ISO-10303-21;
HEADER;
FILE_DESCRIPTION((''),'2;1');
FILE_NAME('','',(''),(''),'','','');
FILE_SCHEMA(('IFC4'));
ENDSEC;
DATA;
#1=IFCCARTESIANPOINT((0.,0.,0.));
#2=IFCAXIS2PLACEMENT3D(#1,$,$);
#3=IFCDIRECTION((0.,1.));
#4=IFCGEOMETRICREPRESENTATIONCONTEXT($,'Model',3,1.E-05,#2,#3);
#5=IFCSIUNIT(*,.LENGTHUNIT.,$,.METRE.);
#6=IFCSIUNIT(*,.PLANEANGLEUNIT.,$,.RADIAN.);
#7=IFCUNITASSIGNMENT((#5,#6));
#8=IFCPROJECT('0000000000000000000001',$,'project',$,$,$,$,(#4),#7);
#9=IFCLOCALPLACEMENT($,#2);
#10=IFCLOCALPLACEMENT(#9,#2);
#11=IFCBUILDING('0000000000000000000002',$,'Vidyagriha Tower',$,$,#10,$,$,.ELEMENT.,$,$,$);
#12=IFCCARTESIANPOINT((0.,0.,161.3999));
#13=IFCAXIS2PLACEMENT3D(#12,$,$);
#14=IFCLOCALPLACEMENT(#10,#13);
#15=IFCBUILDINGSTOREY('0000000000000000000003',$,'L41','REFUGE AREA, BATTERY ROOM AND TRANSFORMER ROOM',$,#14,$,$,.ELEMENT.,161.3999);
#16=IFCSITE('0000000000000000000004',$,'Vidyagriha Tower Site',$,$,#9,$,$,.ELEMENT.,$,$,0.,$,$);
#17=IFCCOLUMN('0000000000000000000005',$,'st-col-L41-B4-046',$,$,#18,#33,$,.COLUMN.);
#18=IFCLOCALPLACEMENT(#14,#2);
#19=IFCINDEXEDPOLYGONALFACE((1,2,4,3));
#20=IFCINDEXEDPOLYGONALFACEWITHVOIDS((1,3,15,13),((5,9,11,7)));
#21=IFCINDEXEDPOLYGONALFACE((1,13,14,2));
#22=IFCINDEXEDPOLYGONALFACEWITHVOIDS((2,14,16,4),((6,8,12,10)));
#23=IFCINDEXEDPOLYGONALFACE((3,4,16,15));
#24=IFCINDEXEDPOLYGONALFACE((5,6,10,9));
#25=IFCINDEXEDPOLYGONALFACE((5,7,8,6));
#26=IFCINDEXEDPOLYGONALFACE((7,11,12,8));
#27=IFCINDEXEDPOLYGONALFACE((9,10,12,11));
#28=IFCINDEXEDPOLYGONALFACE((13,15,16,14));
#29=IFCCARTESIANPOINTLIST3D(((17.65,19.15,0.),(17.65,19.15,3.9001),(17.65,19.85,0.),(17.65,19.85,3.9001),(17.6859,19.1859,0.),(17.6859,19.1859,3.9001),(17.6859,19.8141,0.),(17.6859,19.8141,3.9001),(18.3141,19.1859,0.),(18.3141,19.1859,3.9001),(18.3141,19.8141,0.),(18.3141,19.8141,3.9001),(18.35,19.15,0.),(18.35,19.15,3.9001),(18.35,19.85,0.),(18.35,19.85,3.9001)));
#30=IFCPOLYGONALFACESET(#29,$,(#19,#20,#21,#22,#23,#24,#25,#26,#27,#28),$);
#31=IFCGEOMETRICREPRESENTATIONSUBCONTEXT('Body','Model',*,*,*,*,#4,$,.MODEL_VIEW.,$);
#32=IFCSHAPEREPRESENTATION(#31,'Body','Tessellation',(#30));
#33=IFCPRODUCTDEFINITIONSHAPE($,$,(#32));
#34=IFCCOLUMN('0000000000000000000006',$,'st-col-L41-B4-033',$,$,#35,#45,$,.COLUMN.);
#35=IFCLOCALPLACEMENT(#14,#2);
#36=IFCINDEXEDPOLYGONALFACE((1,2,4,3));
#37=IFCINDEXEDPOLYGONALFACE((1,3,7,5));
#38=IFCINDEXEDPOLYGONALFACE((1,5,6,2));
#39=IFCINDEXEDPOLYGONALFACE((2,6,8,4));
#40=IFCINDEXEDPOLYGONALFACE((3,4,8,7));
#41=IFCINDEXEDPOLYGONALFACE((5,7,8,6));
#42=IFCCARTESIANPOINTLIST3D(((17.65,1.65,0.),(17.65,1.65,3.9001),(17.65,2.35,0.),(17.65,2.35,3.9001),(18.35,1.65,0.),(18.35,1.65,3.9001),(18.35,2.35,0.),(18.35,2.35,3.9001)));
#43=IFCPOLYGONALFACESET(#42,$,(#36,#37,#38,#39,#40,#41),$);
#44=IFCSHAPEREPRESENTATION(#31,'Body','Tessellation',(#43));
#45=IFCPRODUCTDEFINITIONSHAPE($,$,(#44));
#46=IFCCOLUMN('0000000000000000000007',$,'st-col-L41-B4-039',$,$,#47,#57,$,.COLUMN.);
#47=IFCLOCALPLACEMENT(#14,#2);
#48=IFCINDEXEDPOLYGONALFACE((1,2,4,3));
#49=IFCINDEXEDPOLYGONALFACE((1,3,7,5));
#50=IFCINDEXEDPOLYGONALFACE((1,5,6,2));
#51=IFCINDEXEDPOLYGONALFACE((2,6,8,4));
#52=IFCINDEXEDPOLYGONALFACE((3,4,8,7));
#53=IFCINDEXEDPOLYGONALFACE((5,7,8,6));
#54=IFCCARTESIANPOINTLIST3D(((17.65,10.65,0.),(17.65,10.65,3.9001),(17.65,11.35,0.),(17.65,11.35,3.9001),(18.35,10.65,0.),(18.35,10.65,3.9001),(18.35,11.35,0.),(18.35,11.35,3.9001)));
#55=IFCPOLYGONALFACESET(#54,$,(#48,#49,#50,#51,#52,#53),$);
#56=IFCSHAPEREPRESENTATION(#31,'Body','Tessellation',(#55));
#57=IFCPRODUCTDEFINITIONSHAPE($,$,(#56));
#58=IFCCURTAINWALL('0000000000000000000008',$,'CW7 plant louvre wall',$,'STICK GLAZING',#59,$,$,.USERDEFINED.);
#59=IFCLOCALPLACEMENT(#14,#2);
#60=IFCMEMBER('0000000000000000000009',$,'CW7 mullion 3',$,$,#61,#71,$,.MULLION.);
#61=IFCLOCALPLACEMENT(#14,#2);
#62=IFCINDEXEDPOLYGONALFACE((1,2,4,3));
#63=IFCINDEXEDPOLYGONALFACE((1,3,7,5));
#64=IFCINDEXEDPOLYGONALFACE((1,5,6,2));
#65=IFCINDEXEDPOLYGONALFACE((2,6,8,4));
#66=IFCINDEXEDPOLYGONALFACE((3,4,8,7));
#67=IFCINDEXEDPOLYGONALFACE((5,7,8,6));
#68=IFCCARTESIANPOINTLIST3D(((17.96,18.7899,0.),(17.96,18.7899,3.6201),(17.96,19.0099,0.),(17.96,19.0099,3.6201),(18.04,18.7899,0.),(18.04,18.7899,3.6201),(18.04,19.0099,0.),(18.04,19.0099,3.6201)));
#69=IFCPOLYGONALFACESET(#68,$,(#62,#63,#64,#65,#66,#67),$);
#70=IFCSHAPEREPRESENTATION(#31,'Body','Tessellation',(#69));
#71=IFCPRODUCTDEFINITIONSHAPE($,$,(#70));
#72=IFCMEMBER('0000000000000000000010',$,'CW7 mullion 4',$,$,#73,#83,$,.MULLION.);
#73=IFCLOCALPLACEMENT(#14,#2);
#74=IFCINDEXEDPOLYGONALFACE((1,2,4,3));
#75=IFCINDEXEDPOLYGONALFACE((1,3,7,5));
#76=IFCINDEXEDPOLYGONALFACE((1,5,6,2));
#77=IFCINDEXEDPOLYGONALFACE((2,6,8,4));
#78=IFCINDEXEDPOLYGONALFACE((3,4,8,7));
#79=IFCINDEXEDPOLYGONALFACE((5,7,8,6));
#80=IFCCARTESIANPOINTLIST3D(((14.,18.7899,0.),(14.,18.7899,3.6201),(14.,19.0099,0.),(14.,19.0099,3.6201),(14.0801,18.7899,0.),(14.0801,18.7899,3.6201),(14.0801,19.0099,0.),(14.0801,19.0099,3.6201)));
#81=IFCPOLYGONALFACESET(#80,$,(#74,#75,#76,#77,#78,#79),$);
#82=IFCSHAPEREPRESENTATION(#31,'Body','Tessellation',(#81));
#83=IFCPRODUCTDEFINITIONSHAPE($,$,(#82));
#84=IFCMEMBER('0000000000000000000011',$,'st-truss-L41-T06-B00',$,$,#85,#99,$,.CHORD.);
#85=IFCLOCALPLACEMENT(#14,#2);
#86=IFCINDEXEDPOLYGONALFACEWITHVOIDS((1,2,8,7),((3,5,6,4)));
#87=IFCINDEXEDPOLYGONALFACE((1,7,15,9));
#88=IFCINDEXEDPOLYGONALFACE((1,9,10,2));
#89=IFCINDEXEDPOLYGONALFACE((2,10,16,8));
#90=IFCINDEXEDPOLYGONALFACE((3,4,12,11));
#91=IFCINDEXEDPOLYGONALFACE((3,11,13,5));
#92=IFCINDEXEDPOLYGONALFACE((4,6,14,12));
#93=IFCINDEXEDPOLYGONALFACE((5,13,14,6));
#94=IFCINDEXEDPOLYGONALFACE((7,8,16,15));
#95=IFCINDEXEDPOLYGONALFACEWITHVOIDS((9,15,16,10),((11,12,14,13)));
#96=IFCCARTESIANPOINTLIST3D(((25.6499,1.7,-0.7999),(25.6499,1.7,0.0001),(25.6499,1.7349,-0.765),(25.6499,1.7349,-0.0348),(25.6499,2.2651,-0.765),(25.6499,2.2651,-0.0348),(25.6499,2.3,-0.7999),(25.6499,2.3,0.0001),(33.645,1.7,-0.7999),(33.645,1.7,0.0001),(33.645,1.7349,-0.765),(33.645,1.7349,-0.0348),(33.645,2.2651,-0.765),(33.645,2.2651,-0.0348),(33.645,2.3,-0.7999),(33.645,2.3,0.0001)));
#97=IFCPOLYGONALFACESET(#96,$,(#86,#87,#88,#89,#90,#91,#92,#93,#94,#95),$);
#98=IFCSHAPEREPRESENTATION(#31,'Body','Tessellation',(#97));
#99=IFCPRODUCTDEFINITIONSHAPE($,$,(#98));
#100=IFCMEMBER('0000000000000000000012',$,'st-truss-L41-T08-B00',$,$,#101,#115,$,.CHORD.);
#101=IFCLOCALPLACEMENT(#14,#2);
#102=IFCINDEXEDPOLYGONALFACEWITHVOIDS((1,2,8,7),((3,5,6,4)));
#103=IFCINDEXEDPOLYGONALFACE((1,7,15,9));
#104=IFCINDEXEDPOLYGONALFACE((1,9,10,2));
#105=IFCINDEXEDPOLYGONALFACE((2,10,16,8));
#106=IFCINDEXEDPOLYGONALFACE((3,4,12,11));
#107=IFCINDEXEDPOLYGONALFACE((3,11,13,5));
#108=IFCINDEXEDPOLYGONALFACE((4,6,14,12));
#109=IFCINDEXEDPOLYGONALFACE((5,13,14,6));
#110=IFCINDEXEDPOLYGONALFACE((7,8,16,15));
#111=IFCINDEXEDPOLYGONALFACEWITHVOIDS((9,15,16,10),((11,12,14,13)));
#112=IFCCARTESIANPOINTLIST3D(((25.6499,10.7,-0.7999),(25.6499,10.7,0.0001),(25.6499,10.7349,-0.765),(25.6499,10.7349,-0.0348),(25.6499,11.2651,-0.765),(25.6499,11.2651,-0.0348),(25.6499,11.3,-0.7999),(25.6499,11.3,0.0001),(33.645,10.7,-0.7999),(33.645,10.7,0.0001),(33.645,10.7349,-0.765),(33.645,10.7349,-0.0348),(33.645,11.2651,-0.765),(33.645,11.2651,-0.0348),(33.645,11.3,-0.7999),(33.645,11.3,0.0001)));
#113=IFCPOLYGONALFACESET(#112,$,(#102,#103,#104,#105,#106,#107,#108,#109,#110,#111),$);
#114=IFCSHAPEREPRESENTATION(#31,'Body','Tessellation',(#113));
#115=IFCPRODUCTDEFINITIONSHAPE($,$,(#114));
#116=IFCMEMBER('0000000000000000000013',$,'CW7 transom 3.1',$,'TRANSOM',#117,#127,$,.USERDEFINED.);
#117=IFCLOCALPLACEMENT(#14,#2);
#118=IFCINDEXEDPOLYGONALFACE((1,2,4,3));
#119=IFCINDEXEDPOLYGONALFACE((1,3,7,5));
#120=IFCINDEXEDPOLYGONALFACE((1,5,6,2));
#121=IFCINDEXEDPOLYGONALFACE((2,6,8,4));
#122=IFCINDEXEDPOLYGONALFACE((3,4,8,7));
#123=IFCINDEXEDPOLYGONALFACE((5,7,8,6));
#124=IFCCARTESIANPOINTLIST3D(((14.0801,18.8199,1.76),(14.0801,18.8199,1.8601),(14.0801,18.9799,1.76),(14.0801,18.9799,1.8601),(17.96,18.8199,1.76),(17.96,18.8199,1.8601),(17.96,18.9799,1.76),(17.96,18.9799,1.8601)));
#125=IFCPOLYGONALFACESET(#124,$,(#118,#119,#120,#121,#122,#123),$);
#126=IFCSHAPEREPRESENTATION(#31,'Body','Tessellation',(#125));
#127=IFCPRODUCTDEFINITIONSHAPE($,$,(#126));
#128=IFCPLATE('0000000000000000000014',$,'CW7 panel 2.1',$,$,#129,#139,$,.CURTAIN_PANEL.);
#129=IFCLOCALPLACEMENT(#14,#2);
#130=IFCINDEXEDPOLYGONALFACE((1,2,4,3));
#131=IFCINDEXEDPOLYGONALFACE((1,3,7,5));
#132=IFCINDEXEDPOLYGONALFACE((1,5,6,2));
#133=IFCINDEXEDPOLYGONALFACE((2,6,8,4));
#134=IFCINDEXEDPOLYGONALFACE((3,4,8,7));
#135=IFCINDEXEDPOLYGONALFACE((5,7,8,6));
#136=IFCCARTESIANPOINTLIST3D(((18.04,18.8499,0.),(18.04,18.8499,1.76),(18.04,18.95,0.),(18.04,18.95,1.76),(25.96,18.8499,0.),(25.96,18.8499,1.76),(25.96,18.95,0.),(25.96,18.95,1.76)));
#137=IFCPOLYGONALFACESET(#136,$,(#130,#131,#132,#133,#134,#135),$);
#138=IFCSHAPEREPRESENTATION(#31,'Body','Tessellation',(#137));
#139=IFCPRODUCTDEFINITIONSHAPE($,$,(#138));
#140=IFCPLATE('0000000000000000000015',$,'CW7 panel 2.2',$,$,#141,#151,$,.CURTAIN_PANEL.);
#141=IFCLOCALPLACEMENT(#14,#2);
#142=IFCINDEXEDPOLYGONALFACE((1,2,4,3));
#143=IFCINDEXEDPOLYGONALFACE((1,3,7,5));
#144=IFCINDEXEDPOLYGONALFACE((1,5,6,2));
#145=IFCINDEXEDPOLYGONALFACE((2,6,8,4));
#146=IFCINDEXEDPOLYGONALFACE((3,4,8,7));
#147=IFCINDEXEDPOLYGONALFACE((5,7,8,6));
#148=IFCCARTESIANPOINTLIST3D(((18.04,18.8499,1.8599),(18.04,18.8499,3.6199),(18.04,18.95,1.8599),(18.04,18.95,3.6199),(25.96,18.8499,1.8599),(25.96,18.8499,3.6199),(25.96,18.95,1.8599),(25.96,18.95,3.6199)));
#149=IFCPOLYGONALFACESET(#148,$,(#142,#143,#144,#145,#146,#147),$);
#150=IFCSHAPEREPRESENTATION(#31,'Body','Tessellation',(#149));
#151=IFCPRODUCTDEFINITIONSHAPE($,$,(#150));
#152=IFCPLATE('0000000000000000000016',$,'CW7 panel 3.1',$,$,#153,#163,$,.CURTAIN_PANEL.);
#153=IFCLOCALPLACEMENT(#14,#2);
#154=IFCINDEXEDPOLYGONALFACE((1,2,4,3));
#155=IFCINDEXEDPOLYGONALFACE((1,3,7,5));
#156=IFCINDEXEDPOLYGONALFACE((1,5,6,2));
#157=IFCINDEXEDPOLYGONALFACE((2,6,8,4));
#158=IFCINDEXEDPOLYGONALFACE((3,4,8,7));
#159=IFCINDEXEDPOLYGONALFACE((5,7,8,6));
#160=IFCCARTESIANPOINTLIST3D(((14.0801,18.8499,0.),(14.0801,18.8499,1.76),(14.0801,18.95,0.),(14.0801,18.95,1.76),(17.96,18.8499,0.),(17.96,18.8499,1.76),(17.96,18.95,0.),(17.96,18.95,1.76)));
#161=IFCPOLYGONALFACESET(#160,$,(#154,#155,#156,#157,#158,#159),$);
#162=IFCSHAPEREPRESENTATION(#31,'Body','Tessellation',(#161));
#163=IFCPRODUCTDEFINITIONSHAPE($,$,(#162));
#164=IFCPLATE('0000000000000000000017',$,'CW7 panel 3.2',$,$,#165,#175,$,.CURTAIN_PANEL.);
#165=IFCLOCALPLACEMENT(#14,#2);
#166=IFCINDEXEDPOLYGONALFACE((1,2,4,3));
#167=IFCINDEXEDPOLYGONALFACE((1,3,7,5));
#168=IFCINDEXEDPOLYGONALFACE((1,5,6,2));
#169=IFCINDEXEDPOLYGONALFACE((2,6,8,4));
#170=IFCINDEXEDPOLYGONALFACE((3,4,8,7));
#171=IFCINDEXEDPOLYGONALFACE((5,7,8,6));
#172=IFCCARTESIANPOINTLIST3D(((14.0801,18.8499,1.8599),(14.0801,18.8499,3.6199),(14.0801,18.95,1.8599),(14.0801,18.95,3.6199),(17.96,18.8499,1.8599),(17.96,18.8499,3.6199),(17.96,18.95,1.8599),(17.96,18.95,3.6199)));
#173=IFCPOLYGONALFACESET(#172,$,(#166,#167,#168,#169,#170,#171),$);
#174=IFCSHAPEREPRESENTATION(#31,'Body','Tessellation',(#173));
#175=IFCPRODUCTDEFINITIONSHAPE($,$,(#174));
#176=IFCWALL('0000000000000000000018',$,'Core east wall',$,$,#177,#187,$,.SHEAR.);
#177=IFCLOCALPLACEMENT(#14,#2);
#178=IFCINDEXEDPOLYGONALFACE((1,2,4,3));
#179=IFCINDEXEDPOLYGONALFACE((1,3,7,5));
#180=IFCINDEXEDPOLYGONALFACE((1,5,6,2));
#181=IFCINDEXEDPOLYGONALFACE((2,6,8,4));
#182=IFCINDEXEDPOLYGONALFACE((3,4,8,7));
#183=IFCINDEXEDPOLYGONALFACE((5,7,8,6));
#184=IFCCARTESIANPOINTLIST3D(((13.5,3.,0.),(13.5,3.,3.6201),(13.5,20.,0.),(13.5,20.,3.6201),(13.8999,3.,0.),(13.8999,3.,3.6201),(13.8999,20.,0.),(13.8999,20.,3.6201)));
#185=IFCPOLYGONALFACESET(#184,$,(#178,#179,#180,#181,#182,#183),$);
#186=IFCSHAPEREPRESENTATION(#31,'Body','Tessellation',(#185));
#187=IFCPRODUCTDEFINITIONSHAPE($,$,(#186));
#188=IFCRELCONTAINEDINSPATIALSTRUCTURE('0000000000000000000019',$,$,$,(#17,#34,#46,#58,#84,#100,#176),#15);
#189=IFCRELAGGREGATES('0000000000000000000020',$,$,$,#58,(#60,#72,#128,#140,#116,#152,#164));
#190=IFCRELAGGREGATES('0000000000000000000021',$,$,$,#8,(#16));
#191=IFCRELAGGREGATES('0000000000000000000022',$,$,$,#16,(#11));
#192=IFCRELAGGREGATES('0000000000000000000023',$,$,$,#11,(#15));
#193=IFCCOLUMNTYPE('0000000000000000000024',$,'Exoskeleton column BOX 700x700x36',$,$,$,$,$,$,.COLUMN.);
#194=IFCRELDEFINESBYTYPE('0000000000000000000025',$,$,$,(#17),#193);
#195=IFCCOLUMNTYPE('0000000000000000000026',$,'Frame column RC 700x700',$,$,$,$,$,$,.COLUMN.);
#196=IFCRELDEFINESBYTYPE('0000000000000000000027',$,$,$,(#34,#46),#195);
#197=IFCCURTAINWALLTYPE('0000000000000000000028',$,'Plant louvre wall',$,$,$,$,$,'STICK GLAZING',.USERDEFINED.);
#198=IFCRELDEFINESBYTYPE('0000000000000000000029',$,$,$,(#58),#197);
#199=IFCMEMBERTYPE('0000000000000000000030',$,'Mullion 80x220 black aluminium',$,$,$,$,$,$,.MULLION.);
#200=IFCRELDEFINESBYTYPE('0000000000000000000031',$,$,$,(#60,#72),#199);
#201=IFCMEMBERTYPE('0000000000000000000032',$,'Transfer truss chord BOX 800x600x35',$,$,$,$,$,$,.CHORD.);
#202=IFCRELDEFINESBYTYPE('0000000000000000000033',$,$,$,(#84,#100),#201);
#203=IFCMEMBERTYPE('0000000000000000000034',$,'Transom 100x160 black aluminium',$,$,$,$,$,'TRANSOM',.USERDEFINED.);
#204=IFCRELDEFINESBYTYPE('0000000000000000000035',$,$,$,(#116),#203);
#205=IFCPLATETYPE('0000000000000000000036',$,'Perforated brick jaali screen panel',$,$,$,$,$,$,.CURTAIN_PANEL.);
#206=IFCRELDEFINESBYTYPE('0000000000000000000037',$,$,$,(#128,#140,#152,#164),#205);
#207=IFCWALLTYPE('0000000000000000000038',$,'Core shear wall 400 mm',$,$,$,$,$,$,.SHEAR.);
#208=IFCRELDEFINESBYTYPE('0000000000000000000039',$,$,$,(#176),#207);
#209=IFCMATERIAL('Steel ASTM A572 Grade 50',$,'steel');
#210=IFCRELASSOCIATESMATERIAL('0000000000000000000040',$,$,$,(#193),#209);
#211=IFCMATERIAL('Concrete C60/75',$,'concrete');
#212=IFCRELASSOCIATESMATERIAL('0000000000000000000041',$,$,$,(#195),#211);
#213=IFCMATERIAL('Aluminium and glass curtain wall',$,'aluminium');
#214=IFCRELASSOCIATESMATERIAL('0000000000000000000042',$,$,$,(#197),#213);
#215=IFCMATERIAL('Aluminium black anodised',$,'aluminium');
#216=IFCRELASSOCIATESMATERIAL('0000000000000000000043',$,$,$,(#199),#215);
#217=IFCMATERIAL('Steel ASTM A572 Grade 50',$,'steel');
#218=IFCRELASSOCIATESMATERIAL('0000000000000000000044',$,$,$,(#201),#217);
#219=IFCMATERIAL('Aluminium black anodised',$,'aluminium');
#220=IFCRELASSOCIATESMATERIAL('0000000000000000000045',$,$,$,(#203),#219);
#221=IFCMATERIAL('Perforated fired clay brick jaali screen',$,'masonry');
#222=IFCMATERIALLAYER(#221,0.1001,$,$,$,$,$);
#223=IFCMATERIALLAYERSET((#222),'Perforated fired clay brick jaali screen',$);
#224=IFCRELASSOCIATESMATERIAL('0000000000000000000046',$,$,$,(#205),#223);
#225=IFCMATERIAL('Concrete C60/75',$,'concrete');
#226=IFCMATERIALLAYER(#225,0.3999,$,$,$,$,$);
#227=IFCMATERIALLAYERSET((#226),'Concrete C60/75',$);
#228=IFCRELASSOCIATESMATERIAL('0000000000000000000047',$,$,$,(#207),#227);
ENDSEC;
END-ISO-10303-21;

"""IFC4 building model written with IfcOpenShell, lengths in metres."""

from ifc_helpers import new_model, si_unit, direction, frame, frame_2d, origin, origin_2d, place, context, subcontext, project, spatial, rectangle, hollow_rectangle, extrude, material, layer, layer_set, material_profile, profile_set, type_object, element, aggregate, save


model = new_model("IFC4")

# Units and contexts
model_context = context("Model", 3, precision=1e-05, world=origin(), true_north=direction((0.0, 1.0)))
body_context = subcontext(model_context, "Body", "Model", "MODEL_VIEW")
ifc_project = project(units=[si_unit("LENGTHUNIT", "METRE"), si_unit("PLANEANGLEUNIT", "RADIAN")], contexts=[model_context])

# Site, building, storey
site_placement = place(None, origin())
site = spatial("IfcSite", under=ifc_project, at=site_placement, Name="Vidyagriha Tower Site", CompositionType="ELEMENT", RefElevation=0.0)
building_placement = place(site_placement, origin())
building = spatial("IfcBuilding", under=site, at=building_placement, Name="Vidyagriha Tower", CompositionType="ELEMENT")
storey_placement = place(building_placement, frame((0.0, 0.0, 161.3999)))
storey = spatial("IfcBuildingStorey", under=building, at=storey_placement, Name="L41", Description="REFUGE AREA, BATTERY ROOM AND TRANSFORMER ROOM", CompositionType="ELEMENT", Elevation=161.3999)

# Columns
ifc_material_1 = material(Name="Steel ASTM A572 Grade 50", Category="steel")
ifc_material_profile_1 = material_profile(ifc_material_1, hollow_rectangle(XDim=0.7, YDim=0.7, WallThickness=0.0359, at=origin_2d()), Name="BOX 700x700x36")
ifc_profile_set_1 = profile_set([ifc_material_profile_1], Name="Steel ASTM A572 Grade 50")
column_type_1 = type_object("IfcColumnType", Name="Exoskeleton column BOX 700x700x36", PredefinedType="COLUMN", material=ifc_profile_set_1)
column_placement = place(storey_placement, frame((18.0, 19.5, 0.0)))
element("IfcColumn", 1, at=column_placement, inside=storey, type_object=column_type_1, Name="st-col-L41-B4-046", PredefinedType="COLUMN", context=body_context, shape_type="SweptSolid", body=[
    extrude(hollow_rectangle(XDim=0.7, YDim=0.7, WallThickness=0.0359, at=origin_2d()), origin(), (0.0, 0.0, 1.0), 3.9001),
])
ifc_material_2 = material(Name="Concrete C60/75", Category="concrete")
ifc_material_profile_2 = material_profile(ifc_material_2, rectangle(XDim=0.7, YDim=0.7, at=origin_2d()), Name="RC 700x700")
ifc_profile_set_2 = profile_set([ifc_material_profile_2], Name="Concrete C60/75")
column_type_2 = type_object("IfcColumnType", Name="Frame column RC 700x700", PredefinedType="COLUMN", material=ifc_profile_set_2)
for number, where, name in (
    (2, (18.0, 2.0, 0.0), "st-col-L41-B4-033"),
    (3, (18.0, 11.0, 0.0), "st-col-L41-B4-039"),
):
    element("IfcColumn", number, at=place(storey_placement, frame(where)), inside=storey, type_object=column_type_2, Name=name, PredefinedType="COLUMN", context=body_context, shape_type="SweptSolid", body=[
        extrude(rectangle(XDim=0.7, YDim=0.7, at=origin_2d()), origin(), (0.0, 0.0, 1.0), 3.9001),
    ])

# Curtain wall, members
ifc_material_3 = material(Name="Aluminium and glass curtain wall", Category="aluminium")
curtain_wall_type = type_object("IfcCurtainWallType", Name="Plant louvre wall", ElementType="STICK GLAZING", PredefinedType="USERDEFINED", material=ifc_material_3)
curtain_wall_placement = place(storey_placement, origin())
curtain_wall = element("IfcCurtainWall", 4, at=curtain_wall_placement, inside=storey, type_object=curtain_wall_type, Name="CW7 plant louvre wall", ObjectType="STICK GLAZING", PredefinedType="USERDEFINED")
ifc_material_4 = material(Name="Aluminium black anodised", Category="aluminium")
ifc_material_profile_3 = material_profile(ifc_material_4, rectangle(XDim=0.22, YDim=0.0801, at=origin_2d()), Name="Mullion 80x220 black aluminium")
ifc_profile_set_3 = profile_set([ifc_material_profile_3], Name="Aluminium black anodised")
member_type_1 = type_object("IfcMemberType", Name="Mullion 80x220 black aluminium", PredefinedType="MULLION", material=ifc_profile_set_3)
member_1_placement = place(storey_placement, frame((18.0, 18.8999, 0.0), z_axis=(0.0, 0.0, 1.0), x_axis=(0.0, -1.0, 0.0)))
member_1 = element("IfcMember", 5, at=member_1_placement, type_object=member_type_1, Name="CW7 mullion 3", PredefinedType="MULLION", context=body_context, shape_type="SweptSolid", body=[
    extrude(rectangle(XDim=0.22, YDim=0.0801, at=origin_2d()), origin(), (0.0, 0.0, 1.0), 3.6201),
])
member_2_placement = place(storey_placement, frame((14.04, 18.8999, 0.0), z_axis=(0.0, 0.0, 1.0), x_axis=(0.0, -1.0, 0.0)))
member_2 = element("IfcMember", 6, at=member_2_placement, type_object=member_type_1, Name="CW7 mullion 4", PredefinedType="MULLION", context=body_context, shape_type="SweptSolid", body=[
    extrude(rectangle(XDim=0.22, YDim=0.0801, at=origin_2d()), origin(), (0.0, 0.0, 1.0), 3.6201),
])

# Members
ifc_material_5 = material(Name="Steel ASTM A572 Grade 50", Category="steel")
ifc_material_profile_4 = material_profile(ifc_material_5, hollow_rectangle(XDim=0.6001, YDim=0.8, WallThickness=0.0349, at=origin_2d()), Name="BOX 800x600x35")
ifc_profile_set_4 = profile_set([ifc_material_profile_4], Name="Steel ASTM A572 Grade 50")
member_type_2 = type_object("IfcMemberType", Name="Transfer truss chord BOX 800x600x35", PredefinedType="CHORD", material=ifc_profile_set_4)
for number, where, z_axis, x_axis, name in (
    (7, (25.6499, 2.0, -0.3999), (1.0, 0.0, 0.0), (0.0, 1.0, 0.0), "st-truss-L41-T06-B00"),
    (8, (25.6499, 11.0, -0.3999), (1.0, 0.0, 0.0), (0.0, 1.0, 0.0), "st-truss-L41-T08-B00"),
):
    element("IfcMember", number, at=place(storey_placement, frame(where, z_axis=z_axis, x_axis=x_axis)), inside=storey, type_object=member_type_2, Name=name, PredefinedType="CHORD", context=body_context, shape_type="SweptSolid", body=[
        extrude(hollow_rectangle(XDim=0.6001, YDim=0.8, WallThickness=0.0349, at=origin_2d()), origin(), (0.0, 0.0, 1.0), 7.9951),
    ])

# Member
ifc_material_6 = material(Name="Aluminium black anodised", Category="aluminium")
ifc_material_profile_5 = material_profile(ifc_material_6, rectangle(XDim=0.1599, YDim=0.1001, at=origin_2d()), Name="Transom 100x160 black aluminium")
ifc_profile_set_5 = profile_set([ifc_material_profile_5], Name="Aluminium black anodised")
member_type_3 = type_object("IfcMemberType", Name="Transom 100x160 black aluminium", ElementType="TRANSOM", PredefinedType="USERDEFINED", material=ifc_profile_set_5)
member_3_placement = place(storey_placement, frame((17.96, 18.8999, 1.8101), z_axis=(-1.0, 0.0, 0.0), x_axis=(0.0, -1.0, 0.0)))
member_3 = element("IfcMember", 9, at=member_3_placement, type_object=member_type_3, Name="CW7 transom 3.1", ObjectType="TRANSOM", PredefinedType="USERDEFINED", context=body_context, shape_type="SweptSolid", body=[
    extrude(rectangle(XDim=0.1599, YDim=0.1001, at=origin_2d()), origin(), (0.0, 0.0, 1.0), 3.8799),
])

# Plates
ifc_material_7 = material(Name="Perforated fired clay brick jaali screen", Category="masonry")
ifc_layer_1 = layer(ifc_material_7, 0.1001)
ifc_layer_set_1 = layer_set([ifc_layer_1], Name="Perforated fired clay brick jaali screen")
plate_type = type_object("IfcPlateType", Name="Perforated brick jaali screen panel", PredefinedType="CURTAIN_PANEL", material=ifc_layer_set_1)
plate_1_placement = place(storey_placement, frame((22.0, 18.8999, 0.0), z_axis=(0.0, 0.0, 1.0), x_axis=(-1.0, 0.0, 0.0)))
plate_1 = element("IfcPlate", 10, at=plate_1_placement, type_object=plate_type, Name="CW7 panel 2.1", PredefinedType="CURTAIN_PANEL", context=body_context, shape_type="SweptSolid", body=[
    extrude(rectangle(XDim=7.9199, YDim=0.1001, at=origin_2d()), origin(), (0.0, 0.0, 1.0), 1.76),
])
plate_2_placement = place(storey_placement, frame((22.0, 18.8999, 1.8599), z_axis=(0.0, 0.0, 1.0), x_axis=(-1.0, 0.0, 0.0)))
plate_2 = element("IfcPlate", 11, at=plate_2_placement, type_object=plate_type, Name="CW7 panel 2.2", PredefinedType="CURTAIN_PANEL", context=body_context, shape_type="SweptSolid", body=[
    extrude(rectangle(XDim=7.9199, YDim=0.1001, at=origin_2d()), origin(), (0.0, 0.0, 1.0), 1.76),
])
plate_3_placement = place(storey_placement, frame((16.02, 18.8999, 0.0), z_axis=(0.0, 0.0, 1.0), x_axis=(-1.0, 0.0, 0.0)))
plate_3 = element("IfcPlate", 12, at=plate_3_placement, type_object=plate_type, Name="CW7 panel 3.1", PredefinedType="CURTAIN_PANEL", context=body_context, shape_type="SweptSolid", body=[
    extrude(rectangle(XDim=3.8799, YDim=0.1001, at=origin_2d()), origin(), (0.0, 0.0, 1.0), 1.76),
])
plate_4_placement = place(storey_placement, frame((16.02, 18.8999, 1.8599), z_axis=(0.0, 0.0, 1.0), x_axis=(-1.0, 0.0, 0.0)))
plate_4 = element("IfcPlate", 13, at=plate_4_placement, type_object=plate_type, Name="CW7 panel 3.2", PredefinedType="CURTAIN_PANEL", context=body_context, shape_type="SweptSolid", body=[
    extrude(rectangle(XDim=3.8799, YDim=0.1001, at=origin_2d()), origin(), (0.0, 0.0, 1.0), 1.76),
])
aggregate(curtain_wall, [member_1, member_2, plate_1, plate_2, member_3, plate_3, plate_4])

# Wall
ifc_material_8 = material(Name="Concrete C60/75", Category="concrete")
ifc_layer_2 = layer(ifc_material_8, 0.3999)
ifc_layer_set_2 = layer_set([ifc_layer_2], Name="Concrete C60/75")
wall_type_1 = type_object("IfcWallType", Name="Core shear wall 400 mm", PredefinedType="SHEAR", material=ifc_layer_set_2)
wall_1_placement = place(storey_placement, frame((13.7, 3.0, 0.0), z_axis=(0.0, 0.0, 1.0), x_axis=(0.0, 1.0, 0.0)))
element("IfcWall", 14, at=wall_1_placement, inside=storey, type_object=wall_type_1, Name="Core east wall", PredefinedType="SHEAR", context=body_context, shape_type="SweptSolid", body=[
    extrude(rectangle(XDim=17.0, YDim=0.3999, at=frame_2d((8.5, 0.0))), origin(), (0.0, 0.0, 1.0), 3.6201),
])

save(model, "model.ifc")
